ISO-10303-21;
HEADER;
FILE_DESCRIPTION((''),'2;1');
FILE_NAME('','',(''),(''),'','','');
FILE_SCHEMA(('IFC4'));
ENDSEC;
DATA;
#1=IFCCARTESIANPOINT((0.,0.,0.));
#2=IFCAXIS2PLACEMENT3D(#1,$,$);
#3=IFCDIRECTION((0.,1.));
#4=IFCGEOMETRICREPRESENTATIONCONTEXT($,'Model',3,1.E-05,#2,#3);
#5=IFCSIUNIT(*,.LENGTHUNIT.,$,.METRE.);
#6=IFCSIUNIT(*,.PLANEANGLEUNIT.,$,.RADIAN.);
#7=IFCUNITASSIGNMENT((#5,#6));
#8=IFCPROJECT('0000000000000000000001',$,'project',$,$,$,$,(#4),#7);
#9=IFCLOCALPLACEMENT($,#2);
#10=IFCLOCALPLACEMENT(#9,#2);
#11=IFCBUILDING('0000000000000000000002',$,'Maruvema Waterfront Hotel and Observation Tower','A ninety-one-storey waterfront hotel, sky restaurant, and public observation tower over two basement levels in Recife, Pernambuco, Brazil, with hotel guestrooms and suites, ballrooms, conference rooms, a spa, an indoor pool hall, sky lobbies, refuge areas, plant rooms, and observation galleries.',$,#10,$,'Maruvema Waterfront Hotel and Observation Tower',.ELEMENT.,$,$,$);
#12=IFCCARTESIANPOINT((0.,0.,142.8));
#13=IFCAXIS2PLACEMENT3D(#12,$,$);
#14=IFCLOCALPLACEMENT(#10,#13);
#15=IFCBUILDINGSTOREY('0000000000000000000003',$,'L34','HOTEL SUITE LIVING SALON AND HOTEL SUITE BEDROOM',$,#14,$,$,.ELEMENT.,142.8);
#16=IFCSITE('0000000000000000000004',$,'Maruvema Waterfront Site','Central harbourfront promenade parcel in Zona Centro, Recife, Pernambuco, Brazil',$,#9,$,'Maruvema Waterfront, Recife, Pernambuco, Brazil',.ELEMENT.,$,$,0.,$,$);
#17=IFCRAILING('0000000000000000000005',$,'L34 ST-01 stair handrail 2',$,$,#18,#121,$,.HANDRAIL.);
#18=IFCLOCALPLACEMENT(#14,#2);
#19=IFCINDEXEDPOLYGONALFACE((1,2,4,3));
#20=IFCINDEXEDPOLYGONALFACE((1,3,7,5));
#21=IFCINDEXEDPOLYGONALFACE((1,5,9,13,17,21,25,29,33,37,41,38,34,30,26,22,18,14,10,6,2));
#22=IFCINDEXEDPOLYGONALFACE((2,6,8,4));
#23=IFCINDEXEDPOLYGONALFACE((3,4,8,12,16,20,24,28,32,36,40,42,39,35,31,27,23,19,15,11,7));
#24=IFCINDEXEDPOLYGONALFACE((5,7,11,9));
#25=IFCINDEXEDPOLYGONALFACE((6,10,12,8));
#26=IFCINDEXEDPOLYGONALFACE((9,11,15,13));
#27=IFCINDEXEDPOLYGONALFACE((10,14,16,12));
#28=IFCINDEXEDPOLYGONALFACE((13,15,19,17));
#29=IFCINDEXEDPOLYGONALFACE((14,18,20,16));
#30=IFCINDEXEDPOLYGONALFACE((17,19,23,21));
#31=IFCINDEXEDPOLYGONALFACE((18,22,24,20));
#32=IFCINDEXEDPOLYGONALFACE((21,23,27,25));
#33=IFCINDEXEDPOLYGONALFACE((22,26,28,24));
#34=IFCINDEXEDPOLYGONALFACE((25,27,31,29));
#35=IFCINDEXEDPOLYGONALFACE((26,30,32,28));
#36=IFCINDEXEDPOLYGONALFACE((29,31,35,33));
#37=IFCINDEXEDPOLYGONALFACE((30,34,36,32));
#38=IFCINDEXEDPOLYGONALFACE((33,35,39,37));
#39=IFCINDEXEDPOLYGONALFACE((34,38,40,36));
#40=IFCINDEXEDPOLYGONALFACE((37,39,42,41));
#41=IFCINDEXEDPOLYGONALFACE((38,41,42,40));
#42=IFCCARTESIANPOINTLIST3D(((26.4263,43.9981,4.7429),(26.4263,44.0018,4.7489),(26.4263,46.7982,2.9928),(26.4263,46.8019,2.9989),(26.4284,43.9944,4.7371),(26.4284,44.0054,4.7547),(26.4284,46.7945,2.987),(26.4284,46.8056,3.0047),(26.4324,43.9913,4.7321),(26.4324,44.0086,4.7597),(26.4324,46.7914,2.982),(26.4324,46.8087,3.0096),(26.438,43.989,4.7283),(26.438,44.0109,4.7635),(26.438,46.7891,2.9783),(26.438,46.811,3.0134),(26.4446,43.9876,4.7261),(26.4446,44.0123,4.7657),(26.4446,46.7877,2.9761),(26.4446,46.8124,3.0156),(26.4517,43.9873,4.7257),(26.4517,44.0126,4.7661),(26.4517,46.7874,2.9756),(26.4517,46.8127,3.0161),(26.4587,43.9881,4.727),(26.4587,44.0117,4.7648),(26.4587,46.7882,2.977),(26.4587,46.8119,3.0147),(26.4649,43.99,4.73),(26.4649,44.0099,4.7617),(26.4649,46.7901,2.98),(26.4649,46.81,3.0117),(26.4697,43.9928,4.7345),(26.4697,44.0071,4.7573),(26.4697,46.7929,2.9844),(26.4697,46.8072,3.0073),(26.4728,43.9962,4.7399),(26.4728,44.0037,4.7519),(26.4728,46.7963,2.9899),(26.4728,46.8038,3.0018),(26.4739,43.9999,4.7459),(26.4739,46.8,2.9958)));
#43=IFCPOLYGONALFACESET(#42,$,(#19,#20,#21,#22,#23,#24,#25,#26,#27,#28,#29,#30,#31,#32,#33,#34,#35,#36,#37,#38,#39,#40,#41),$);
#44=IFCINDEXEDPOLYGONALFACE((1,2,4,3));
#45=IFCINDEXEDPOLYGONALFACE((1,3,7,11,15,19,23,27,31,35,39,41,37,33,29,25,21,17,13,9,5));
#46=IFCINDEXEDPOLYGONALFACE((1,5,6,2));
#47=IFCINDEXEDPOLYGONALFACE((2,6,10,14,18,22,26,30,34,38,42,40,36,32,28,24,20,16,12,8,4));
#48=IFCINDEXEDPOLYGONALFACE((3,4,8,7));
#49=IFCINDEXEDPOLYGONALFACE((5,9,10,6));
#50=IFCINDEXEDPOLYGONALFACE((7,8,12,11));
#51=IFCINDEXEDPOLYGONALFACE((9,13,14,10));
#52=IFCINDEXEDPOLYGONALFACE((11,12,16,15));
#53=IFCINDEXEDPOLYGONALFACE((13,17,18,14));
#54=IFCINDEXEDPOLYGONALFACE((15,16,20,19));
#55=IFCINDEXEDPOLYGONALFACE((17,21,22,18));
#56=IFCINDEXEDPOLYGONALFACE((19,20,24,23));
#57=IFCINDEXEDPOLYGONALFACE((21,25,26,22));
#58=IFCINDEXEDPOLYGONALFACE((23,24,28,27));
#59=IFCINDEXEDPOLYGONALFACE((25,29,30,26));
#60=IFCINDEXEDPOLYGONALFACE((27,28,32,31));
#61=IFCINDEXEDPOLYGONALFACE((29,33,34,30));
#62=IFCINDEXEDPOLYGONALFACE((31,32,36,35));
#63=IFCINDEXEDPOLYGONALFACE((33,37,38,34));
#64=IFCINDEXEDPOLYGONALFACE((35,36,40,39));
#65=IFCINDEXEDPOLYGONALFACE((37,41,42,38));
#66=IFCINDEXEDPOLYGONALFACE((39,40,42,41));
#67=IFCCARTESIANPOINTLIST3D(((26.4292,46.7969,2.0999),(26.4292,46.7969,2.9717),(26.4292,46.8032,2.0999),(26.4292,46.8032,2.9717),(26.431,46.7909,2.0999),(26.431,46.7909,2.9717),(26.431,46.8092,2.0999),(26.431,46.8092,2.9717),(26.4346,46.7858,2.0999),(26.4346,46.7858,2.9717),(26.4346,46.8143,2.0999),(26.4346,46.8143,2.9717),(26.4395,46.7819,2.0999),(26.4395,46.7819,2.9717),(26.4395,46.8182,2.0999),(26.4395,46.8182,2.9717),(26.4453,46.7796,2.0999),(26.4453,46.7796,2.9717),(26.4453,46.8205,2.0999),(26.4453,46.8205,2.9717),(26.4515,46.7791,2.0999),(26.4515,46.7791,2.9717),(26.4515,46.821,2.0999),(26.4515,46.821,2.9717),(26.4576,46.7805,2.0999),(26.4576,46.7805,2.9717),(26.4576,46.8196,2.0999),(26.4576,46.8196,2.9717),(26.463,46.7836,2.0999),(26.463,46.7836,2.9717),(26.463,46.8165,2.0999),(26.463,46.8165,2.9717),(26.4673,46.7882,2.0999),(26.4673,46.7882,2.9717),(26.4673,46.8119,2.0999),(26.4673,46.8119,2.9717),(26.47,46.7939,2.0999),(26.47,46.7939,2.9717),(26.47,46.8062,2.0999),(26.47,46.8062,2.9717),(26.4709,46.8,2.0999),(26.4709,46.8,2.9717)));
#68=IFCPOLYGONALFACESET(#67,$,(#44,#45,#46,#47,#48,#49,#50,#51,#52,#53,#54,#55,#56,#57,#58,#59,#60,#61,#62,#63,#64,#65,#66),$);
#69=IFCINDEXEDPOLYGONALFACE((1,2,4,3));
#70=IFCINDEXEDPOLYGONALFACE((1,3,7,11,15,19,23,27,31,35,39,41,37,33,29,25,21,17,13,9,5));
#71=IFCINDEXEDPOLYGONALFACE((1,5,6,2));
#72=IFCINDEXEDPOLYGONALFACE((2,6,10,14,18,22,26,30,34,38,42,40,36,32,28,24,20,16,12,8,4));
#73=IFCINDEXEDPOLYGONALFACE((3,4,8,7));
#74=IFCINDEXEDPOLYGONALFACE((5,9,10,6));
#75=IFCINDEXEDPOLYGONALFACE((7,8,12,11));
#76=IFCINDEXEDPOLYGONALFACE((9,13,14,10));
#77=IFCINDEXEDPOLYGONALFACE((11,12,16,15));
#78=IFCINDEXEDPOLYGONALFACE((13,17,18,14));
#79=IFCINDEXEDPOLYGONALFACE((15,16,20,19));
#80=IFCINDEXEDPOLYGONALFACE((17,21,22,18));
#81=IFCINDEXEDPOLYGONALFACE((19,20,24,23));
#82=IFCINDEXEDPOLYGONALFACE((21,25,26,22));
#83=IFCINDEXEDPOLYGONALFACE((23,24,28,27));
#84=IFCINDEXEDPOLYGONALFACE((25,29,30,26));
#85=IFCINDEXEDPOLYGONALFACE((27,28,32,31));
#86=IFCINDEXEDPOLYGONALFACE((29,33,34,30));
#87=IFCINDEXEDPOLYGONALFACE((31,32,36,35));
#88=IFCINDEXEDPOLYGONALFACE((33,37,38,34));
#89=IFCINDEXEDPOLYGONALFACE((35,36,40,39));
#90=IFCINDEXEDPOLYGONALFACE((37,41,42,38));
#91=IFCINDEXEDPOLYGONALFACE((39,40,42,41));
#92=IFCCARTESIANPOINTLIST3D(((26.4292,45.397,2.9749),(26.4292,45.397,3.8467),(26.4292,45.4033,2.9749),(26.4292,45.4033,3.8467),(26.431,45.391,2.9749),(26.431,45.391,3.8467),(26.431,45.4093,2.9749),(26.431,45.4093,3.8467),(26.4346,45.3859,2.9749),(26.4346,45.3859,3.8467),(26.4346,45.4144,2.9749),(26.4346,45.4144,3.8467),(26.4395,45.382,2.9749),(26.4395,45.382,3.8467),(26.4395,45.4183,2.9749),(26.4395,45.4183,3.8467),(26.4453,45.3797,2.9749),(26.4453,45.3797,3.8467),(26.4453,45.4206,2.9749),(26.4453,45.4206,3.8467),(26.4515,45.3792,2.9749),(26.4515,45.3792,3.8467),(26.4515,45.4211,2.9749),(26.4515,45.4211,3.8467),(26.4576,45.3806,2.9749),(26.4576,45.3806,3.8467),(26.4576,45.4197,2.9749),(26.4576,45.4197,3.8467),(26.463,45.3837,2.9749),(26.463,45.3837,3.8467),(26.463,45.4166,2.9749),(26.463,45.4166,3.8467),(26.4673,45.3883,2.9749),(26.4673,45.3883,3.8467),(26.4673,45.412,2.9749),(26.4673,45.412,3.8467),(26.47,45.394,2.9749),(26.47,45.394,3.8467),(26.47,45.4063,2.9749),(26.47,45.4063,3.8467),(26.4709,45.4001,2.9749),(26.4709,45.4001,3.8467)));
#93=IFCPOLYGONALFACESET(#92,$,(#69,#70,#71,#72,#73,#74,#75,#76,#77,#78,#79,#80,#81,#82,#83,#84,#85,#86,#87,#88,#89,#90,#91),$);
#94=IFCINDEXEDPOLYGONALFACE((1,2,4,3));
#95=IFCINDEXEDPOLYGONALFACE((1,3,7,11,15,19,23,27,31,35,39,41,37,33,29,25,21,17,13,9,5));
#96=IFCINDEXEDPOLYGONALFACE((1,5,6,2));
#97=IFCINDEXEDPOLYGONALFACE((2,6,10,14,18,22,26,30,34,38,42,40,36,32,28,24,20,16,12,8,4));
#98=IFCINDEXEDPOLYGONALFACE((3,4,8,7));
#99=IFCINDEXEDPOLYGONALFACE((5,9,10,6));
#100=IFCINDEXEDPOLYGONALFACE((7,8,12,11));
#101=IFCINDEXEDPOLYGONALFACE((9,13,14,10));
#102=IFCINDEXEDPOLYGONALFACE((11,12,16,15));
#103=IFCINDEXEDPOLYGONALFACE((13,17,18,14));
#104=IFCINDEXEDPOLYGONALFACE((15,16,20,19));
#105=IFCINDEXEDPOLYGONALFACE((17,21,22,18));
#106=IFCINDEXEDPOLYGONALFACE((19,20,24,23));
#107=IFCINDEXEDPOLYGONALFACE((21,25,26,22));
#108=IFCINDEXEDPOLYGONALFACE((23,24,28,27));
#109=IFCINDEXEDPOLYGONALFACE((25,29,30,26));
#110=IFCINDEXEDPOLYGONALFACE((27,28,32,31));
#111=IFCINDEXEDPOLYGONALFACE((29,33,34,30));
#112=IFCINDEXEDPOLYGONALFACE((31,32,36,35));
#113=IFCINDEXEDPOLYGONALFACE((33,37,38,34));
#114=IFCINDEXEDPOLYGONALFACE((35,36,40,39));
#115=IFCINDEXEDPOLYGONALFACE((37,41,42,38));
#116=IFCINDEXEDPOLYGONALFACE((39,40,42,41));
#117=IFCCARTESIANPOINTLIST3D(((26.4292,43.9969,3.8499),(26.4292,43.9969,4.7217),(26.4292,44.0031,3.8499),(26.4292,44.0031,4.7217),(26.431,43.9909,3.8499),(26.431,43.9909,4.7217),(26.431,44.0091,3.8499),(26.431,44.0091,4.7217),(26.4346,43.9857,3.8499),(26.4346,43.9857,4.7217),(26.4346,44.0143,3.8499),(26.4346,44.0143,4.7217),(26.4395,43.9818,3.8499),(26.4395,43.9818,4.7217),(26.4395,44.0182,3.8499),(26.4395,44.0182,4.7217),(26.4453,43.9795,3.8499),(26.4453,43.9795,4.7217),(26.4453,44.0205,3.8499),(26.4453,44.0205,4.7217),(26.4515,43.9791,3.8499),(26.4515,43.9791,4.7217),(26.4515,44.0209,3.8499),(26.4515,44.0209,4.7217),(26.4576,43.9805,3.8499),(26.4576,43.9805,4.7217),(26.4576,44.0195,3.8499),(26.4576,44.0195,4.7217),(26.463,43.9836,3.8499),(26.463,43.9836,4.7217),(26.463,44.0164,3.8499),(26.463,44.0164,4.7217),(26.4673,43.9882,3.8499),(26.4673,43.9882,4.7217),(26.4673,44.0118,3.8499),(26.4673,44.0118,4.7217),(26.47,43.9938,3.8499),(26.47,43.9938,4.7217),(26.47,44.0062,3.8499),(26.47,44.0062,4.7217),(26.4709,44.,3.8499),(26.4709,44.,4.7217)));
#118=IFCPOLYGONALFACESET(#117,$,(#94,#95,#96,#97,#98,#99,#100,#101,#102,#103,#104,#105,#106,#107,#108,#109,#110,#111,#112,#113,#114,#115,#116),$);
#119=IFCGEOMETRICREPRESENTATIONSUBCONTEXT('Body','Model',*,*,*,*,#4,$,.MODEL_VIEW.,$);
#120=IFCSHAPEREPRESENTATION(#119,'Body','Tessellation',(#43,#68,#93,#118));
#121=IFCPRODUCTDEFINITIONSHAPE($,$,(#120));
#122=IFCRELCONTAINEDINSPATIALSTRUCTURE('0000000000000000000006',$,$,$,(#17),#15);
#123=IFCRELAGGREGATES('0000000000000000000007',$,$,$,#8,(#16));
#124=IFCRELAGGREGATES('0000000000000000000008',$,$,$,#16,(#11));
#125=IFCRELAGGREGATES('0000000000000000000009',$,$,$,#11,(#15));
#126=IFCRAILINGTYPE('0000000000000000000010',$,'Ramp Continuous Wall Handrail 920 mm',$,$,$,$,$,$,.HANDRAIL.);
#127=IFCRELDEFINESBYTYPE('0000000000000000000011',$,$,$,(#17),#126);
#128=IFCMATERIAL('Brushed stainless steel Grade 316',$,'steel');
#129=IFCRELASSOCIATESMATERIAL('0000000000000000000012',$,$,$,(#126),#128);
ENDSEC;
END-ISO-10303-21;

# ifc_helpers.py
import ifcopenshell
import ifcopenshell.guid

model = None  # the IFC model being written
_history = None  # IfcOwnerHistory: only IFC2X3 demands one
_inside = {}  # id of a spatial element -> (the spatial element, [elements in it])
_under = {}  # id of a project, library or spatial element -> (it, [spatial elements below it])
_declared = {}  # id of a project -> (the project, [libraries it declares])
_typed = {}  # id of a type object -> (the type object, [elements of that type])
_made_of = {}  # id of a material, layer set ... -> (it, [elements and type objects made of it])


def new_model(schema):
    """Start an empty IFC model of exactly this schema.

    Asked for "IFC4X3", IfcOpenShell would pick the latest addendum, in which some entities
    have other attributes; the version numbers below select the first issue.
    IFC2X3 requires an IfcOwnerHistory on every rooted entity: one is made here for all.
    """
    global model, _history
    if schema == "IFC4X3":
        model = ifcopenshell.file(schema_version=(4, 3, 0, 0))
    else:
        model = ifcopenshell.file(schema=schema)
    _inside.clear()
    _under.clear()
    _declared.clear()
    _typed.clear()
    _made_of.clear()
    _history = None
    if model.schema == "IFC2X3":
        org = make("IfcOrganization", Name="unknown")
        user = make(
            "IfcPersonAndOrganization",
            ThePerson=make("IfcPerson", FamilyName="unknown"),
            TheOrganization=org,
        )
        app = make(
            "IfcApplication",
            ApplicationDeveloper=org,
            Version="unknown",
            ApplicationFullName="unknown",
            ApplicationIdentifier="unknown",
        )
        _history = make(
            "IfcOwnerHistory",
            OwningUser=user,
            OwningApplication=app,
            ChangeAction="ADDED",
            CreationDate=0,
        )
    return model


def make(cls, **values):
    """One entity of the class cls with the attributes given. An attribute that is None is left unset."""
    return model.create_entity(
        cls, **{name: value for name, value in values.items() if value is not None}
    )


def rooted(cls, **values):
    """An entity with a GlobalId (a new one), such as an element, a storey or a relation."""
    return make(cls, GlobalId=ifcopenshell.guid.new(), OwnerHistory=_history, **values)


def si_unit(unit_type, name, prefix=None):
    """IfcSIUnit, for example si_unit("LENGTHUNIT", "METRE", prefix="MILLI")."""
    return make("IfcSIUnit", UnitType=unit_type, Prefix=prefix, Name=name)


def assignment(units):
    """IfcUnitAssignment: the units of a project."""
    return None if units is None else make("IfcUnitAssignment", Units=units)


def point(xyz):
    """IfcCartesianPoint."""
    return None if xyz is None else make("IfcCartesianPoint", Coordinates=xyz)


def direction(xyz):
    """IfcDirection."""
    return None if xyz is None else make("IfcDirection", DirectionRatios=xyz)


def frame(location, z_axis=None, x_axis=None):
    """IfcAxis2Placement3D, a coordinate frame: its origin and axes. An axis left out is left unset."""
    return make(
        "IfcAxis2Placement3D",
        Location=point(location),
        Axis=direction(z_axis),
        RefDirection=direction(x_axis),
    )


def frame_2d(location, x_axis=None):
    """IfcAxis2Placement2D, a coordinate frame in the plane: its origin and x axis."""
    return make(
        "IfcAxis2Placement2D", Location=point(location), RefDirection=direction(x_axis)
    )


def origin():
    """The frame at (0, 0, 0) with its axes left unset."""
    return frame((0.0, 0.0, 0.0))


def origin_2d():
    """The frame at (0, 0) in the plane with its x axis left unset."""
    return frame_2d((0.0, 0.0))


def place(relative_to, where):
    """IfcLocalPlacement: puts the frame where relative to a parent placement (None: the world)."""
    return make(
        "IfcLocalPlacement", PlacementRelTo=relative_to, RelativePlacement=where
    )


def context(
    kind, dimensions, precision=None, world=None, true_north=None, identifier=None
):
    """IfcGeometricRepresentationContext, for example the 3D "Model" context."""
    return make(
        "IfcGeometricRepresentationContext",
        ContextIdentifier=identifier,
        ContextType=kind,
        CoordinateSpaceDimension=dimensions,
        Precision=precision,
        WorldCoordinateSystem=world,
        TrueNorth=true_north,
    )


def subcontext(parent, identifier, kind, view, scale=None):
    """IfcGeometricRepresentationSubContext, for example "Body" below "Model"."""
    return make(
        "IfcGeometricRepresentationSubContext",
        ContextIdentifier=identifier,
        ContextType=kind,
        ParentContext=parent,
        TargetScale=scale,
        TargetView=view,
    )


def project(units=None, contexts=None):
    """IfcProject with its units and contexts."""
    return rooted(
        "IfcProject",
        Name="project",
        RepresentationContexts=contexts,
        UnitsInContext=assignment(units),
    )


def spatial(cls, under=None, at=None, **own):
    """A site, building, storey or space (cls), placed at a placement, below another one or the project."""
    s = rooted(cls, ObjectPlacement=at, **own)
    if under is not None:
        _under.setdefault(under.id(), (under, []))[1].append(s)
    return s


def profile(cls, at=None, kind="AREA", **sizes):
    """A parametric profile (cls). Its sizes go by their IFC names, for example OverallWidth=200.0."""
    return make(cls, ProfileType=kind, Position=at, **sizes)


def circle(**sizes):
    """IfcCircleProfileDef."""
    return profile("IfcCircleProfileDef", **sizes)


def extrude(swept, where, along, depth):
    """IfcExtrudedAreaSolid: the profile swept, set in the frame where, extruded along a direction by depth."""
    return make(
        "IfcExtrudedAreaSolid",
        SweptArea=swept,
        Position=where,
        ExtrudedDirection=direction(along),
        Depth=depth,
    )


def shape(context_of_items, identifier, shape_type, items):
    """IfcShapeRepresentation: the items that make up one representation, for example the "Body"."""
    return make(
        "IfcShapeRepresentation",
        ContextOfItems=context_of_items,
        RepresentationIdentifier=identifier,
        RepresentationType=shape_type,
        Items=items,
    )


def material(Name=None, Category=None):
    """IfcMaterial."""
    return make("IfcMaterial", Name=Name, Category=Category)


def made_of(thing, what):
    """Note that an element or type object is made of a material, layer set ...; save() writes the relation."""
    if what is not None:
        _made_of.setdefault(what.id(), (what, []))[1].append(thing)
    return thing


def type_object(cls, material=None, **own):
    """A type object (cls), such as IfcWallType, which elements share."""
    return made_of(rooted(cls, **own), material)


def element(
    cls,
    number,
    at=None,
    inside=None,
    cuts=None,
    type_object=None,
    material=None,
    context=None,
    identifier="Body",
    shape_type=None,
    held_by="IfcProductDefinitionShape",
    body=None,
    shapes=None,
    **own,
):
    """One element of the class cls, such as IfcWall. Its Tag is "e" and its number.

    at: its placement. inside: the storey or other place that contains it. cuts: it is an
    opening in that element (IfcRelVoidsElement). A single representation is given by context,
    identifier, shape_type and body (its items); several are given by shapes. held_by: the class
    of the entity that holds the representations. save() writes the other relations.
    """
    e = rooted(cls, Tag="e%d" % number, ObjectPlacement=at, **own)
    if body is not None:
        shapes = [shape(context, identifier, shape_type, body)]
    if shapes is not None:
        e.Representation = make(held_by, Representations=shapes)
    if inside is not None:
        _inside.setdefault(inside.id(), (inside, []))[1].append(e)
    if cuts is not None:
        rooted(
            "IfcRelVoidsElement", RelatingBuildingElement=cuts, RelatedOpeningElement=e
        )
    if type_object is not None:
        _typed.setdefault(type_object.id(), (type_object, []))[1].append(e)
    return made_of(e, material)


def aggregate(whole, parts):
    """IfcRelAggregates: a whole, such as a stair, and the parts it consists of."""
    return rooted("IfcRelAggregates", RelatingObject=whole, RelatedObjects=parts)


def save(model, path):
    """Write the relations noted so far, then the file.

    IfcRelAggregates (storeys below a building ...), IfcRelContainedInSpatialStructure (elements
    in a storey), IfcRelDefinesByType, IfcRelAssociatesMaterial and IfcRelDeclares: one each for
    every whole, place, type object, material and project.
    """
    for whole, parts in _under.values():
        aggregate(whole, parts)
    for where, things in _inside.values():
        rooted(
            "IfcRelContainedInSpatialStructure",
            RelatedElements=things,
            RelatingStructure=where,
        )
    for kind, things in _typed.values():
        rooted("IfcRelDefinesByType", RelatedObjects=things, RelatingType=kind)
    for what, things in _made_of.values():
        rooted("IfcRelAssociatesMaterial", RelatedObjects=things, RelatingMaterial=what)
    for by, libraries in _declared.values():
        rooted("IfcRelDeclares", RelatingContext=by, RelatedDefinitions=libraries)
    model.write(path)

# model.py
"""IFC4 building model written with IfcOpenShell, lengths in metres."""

from ifc_helpers import new_model, si_unit, direction, frame, origin, origin_2d, place, context, subcontext, project, spatial, circle, extrude, material, type_object, element, save


model = new_model("IFC4")

# Units and contexts
model_context = context("Model", 3, precision=1e-05, world=origin(), true_north=direction((0.0, 1.0)))
body_context = subcontext(model_context, "Body", "Model", "MODEL_VIEW")
ifc_project = project(units=[si_unit("LENGTHUNIT", "METRE"), si_unit("PLANEANGLEUNIT", "RADIAN")], contexts=[model_context])

# Site, building, storey
site_placement = place(None, origin())
site = spatial("IfcSite", under=ifc_project, at=site_placement, Name="Maruvema Waterfront Site", Description="Central harbourfront promenade parcel in Zona Centro, Recife, Pernambuco, Brazil", LongName="Maruvema Waterfront, Recife, Pernambuco, Brazil", CompositionType="ELEMENT", RefElevation=0.0)
building_placement = place(site_placement, origin())
building = spatial("IfcBuilding", under=site, at=building_placement, Name="Maruvema Waterfront Hotel and Observation Tower", Description="A ninety-one-storey waterfront hotel, sky restaurant, and public observation tower over two basement levels in Recife, Pernambuco, Brazil, with hotel guestrooms and suites, ballrooms, conference rooms, a spa, an indoor pool hall, sky lobbies, refuge areas, plant rooms, and observation galleries.", LongName="Maruvema Waterfront Hotel and Observation Tower", CompositionType="ELEMENT")
storey_placement = place(building_placement, frame((0.0, 0.0, 142.8)))
storey = spatial("IfcBuildingStorey", under=building, at=storey_placement, Name="L34", Description="HOTEL SUITE LIVING SALON AND HOTEL SUITE BEDROOM", CompositionType="ELEMENT", Elevation=142.8)

# Railing
ifc_material_1 = material(Name="Brushed stainless steel Grade 316", Category="steel")
railing_type_1 = type_object("IfcRailingType", Name="Ramp Continuous Wall Handrail 920 mm", PredefinedType="HANDRAIL", material=ifc_material_1)
railing_1_placement = place(storey_placement, frame((26.45, 46.8, 2.0999)))
element("IfcRailing", 1, at=railing_1_placement, inside=storey, type_object=railing_type_1, Name="L34 ST-01 stair handrail 2", PredefinedType="HANDRAIL", context=body_context, shape_type="SweptSolid", body=[
    extrude(circle(Radius=0.0239, at=origin_2d()), frame((0.0, 0.0, 0.896), z_axis=(0.0, -0.848002, 0.529992), x_axis=(1.0, 0.0, 0.0)), (0.0, 0.0, 1.0), 3.302),
    extrude(circle(Radius=0.021, at=origin_2d()), origin(), (0.0, 0.0, 1.0), 0.8718),
    extrude(circle(Radius=0.021, at=origin_2d()), frame((0.0, -1.3999, 0.875)), (0.0, 0.0, 1.0), 0.8718),
    extrude(circle(Radius=0.021, at=origin_2d()), frame((0.0, -2.8, 1.75)), (0.0, 0.0, 1.0), 0.8718),
])

save(model, "model.ifc")
